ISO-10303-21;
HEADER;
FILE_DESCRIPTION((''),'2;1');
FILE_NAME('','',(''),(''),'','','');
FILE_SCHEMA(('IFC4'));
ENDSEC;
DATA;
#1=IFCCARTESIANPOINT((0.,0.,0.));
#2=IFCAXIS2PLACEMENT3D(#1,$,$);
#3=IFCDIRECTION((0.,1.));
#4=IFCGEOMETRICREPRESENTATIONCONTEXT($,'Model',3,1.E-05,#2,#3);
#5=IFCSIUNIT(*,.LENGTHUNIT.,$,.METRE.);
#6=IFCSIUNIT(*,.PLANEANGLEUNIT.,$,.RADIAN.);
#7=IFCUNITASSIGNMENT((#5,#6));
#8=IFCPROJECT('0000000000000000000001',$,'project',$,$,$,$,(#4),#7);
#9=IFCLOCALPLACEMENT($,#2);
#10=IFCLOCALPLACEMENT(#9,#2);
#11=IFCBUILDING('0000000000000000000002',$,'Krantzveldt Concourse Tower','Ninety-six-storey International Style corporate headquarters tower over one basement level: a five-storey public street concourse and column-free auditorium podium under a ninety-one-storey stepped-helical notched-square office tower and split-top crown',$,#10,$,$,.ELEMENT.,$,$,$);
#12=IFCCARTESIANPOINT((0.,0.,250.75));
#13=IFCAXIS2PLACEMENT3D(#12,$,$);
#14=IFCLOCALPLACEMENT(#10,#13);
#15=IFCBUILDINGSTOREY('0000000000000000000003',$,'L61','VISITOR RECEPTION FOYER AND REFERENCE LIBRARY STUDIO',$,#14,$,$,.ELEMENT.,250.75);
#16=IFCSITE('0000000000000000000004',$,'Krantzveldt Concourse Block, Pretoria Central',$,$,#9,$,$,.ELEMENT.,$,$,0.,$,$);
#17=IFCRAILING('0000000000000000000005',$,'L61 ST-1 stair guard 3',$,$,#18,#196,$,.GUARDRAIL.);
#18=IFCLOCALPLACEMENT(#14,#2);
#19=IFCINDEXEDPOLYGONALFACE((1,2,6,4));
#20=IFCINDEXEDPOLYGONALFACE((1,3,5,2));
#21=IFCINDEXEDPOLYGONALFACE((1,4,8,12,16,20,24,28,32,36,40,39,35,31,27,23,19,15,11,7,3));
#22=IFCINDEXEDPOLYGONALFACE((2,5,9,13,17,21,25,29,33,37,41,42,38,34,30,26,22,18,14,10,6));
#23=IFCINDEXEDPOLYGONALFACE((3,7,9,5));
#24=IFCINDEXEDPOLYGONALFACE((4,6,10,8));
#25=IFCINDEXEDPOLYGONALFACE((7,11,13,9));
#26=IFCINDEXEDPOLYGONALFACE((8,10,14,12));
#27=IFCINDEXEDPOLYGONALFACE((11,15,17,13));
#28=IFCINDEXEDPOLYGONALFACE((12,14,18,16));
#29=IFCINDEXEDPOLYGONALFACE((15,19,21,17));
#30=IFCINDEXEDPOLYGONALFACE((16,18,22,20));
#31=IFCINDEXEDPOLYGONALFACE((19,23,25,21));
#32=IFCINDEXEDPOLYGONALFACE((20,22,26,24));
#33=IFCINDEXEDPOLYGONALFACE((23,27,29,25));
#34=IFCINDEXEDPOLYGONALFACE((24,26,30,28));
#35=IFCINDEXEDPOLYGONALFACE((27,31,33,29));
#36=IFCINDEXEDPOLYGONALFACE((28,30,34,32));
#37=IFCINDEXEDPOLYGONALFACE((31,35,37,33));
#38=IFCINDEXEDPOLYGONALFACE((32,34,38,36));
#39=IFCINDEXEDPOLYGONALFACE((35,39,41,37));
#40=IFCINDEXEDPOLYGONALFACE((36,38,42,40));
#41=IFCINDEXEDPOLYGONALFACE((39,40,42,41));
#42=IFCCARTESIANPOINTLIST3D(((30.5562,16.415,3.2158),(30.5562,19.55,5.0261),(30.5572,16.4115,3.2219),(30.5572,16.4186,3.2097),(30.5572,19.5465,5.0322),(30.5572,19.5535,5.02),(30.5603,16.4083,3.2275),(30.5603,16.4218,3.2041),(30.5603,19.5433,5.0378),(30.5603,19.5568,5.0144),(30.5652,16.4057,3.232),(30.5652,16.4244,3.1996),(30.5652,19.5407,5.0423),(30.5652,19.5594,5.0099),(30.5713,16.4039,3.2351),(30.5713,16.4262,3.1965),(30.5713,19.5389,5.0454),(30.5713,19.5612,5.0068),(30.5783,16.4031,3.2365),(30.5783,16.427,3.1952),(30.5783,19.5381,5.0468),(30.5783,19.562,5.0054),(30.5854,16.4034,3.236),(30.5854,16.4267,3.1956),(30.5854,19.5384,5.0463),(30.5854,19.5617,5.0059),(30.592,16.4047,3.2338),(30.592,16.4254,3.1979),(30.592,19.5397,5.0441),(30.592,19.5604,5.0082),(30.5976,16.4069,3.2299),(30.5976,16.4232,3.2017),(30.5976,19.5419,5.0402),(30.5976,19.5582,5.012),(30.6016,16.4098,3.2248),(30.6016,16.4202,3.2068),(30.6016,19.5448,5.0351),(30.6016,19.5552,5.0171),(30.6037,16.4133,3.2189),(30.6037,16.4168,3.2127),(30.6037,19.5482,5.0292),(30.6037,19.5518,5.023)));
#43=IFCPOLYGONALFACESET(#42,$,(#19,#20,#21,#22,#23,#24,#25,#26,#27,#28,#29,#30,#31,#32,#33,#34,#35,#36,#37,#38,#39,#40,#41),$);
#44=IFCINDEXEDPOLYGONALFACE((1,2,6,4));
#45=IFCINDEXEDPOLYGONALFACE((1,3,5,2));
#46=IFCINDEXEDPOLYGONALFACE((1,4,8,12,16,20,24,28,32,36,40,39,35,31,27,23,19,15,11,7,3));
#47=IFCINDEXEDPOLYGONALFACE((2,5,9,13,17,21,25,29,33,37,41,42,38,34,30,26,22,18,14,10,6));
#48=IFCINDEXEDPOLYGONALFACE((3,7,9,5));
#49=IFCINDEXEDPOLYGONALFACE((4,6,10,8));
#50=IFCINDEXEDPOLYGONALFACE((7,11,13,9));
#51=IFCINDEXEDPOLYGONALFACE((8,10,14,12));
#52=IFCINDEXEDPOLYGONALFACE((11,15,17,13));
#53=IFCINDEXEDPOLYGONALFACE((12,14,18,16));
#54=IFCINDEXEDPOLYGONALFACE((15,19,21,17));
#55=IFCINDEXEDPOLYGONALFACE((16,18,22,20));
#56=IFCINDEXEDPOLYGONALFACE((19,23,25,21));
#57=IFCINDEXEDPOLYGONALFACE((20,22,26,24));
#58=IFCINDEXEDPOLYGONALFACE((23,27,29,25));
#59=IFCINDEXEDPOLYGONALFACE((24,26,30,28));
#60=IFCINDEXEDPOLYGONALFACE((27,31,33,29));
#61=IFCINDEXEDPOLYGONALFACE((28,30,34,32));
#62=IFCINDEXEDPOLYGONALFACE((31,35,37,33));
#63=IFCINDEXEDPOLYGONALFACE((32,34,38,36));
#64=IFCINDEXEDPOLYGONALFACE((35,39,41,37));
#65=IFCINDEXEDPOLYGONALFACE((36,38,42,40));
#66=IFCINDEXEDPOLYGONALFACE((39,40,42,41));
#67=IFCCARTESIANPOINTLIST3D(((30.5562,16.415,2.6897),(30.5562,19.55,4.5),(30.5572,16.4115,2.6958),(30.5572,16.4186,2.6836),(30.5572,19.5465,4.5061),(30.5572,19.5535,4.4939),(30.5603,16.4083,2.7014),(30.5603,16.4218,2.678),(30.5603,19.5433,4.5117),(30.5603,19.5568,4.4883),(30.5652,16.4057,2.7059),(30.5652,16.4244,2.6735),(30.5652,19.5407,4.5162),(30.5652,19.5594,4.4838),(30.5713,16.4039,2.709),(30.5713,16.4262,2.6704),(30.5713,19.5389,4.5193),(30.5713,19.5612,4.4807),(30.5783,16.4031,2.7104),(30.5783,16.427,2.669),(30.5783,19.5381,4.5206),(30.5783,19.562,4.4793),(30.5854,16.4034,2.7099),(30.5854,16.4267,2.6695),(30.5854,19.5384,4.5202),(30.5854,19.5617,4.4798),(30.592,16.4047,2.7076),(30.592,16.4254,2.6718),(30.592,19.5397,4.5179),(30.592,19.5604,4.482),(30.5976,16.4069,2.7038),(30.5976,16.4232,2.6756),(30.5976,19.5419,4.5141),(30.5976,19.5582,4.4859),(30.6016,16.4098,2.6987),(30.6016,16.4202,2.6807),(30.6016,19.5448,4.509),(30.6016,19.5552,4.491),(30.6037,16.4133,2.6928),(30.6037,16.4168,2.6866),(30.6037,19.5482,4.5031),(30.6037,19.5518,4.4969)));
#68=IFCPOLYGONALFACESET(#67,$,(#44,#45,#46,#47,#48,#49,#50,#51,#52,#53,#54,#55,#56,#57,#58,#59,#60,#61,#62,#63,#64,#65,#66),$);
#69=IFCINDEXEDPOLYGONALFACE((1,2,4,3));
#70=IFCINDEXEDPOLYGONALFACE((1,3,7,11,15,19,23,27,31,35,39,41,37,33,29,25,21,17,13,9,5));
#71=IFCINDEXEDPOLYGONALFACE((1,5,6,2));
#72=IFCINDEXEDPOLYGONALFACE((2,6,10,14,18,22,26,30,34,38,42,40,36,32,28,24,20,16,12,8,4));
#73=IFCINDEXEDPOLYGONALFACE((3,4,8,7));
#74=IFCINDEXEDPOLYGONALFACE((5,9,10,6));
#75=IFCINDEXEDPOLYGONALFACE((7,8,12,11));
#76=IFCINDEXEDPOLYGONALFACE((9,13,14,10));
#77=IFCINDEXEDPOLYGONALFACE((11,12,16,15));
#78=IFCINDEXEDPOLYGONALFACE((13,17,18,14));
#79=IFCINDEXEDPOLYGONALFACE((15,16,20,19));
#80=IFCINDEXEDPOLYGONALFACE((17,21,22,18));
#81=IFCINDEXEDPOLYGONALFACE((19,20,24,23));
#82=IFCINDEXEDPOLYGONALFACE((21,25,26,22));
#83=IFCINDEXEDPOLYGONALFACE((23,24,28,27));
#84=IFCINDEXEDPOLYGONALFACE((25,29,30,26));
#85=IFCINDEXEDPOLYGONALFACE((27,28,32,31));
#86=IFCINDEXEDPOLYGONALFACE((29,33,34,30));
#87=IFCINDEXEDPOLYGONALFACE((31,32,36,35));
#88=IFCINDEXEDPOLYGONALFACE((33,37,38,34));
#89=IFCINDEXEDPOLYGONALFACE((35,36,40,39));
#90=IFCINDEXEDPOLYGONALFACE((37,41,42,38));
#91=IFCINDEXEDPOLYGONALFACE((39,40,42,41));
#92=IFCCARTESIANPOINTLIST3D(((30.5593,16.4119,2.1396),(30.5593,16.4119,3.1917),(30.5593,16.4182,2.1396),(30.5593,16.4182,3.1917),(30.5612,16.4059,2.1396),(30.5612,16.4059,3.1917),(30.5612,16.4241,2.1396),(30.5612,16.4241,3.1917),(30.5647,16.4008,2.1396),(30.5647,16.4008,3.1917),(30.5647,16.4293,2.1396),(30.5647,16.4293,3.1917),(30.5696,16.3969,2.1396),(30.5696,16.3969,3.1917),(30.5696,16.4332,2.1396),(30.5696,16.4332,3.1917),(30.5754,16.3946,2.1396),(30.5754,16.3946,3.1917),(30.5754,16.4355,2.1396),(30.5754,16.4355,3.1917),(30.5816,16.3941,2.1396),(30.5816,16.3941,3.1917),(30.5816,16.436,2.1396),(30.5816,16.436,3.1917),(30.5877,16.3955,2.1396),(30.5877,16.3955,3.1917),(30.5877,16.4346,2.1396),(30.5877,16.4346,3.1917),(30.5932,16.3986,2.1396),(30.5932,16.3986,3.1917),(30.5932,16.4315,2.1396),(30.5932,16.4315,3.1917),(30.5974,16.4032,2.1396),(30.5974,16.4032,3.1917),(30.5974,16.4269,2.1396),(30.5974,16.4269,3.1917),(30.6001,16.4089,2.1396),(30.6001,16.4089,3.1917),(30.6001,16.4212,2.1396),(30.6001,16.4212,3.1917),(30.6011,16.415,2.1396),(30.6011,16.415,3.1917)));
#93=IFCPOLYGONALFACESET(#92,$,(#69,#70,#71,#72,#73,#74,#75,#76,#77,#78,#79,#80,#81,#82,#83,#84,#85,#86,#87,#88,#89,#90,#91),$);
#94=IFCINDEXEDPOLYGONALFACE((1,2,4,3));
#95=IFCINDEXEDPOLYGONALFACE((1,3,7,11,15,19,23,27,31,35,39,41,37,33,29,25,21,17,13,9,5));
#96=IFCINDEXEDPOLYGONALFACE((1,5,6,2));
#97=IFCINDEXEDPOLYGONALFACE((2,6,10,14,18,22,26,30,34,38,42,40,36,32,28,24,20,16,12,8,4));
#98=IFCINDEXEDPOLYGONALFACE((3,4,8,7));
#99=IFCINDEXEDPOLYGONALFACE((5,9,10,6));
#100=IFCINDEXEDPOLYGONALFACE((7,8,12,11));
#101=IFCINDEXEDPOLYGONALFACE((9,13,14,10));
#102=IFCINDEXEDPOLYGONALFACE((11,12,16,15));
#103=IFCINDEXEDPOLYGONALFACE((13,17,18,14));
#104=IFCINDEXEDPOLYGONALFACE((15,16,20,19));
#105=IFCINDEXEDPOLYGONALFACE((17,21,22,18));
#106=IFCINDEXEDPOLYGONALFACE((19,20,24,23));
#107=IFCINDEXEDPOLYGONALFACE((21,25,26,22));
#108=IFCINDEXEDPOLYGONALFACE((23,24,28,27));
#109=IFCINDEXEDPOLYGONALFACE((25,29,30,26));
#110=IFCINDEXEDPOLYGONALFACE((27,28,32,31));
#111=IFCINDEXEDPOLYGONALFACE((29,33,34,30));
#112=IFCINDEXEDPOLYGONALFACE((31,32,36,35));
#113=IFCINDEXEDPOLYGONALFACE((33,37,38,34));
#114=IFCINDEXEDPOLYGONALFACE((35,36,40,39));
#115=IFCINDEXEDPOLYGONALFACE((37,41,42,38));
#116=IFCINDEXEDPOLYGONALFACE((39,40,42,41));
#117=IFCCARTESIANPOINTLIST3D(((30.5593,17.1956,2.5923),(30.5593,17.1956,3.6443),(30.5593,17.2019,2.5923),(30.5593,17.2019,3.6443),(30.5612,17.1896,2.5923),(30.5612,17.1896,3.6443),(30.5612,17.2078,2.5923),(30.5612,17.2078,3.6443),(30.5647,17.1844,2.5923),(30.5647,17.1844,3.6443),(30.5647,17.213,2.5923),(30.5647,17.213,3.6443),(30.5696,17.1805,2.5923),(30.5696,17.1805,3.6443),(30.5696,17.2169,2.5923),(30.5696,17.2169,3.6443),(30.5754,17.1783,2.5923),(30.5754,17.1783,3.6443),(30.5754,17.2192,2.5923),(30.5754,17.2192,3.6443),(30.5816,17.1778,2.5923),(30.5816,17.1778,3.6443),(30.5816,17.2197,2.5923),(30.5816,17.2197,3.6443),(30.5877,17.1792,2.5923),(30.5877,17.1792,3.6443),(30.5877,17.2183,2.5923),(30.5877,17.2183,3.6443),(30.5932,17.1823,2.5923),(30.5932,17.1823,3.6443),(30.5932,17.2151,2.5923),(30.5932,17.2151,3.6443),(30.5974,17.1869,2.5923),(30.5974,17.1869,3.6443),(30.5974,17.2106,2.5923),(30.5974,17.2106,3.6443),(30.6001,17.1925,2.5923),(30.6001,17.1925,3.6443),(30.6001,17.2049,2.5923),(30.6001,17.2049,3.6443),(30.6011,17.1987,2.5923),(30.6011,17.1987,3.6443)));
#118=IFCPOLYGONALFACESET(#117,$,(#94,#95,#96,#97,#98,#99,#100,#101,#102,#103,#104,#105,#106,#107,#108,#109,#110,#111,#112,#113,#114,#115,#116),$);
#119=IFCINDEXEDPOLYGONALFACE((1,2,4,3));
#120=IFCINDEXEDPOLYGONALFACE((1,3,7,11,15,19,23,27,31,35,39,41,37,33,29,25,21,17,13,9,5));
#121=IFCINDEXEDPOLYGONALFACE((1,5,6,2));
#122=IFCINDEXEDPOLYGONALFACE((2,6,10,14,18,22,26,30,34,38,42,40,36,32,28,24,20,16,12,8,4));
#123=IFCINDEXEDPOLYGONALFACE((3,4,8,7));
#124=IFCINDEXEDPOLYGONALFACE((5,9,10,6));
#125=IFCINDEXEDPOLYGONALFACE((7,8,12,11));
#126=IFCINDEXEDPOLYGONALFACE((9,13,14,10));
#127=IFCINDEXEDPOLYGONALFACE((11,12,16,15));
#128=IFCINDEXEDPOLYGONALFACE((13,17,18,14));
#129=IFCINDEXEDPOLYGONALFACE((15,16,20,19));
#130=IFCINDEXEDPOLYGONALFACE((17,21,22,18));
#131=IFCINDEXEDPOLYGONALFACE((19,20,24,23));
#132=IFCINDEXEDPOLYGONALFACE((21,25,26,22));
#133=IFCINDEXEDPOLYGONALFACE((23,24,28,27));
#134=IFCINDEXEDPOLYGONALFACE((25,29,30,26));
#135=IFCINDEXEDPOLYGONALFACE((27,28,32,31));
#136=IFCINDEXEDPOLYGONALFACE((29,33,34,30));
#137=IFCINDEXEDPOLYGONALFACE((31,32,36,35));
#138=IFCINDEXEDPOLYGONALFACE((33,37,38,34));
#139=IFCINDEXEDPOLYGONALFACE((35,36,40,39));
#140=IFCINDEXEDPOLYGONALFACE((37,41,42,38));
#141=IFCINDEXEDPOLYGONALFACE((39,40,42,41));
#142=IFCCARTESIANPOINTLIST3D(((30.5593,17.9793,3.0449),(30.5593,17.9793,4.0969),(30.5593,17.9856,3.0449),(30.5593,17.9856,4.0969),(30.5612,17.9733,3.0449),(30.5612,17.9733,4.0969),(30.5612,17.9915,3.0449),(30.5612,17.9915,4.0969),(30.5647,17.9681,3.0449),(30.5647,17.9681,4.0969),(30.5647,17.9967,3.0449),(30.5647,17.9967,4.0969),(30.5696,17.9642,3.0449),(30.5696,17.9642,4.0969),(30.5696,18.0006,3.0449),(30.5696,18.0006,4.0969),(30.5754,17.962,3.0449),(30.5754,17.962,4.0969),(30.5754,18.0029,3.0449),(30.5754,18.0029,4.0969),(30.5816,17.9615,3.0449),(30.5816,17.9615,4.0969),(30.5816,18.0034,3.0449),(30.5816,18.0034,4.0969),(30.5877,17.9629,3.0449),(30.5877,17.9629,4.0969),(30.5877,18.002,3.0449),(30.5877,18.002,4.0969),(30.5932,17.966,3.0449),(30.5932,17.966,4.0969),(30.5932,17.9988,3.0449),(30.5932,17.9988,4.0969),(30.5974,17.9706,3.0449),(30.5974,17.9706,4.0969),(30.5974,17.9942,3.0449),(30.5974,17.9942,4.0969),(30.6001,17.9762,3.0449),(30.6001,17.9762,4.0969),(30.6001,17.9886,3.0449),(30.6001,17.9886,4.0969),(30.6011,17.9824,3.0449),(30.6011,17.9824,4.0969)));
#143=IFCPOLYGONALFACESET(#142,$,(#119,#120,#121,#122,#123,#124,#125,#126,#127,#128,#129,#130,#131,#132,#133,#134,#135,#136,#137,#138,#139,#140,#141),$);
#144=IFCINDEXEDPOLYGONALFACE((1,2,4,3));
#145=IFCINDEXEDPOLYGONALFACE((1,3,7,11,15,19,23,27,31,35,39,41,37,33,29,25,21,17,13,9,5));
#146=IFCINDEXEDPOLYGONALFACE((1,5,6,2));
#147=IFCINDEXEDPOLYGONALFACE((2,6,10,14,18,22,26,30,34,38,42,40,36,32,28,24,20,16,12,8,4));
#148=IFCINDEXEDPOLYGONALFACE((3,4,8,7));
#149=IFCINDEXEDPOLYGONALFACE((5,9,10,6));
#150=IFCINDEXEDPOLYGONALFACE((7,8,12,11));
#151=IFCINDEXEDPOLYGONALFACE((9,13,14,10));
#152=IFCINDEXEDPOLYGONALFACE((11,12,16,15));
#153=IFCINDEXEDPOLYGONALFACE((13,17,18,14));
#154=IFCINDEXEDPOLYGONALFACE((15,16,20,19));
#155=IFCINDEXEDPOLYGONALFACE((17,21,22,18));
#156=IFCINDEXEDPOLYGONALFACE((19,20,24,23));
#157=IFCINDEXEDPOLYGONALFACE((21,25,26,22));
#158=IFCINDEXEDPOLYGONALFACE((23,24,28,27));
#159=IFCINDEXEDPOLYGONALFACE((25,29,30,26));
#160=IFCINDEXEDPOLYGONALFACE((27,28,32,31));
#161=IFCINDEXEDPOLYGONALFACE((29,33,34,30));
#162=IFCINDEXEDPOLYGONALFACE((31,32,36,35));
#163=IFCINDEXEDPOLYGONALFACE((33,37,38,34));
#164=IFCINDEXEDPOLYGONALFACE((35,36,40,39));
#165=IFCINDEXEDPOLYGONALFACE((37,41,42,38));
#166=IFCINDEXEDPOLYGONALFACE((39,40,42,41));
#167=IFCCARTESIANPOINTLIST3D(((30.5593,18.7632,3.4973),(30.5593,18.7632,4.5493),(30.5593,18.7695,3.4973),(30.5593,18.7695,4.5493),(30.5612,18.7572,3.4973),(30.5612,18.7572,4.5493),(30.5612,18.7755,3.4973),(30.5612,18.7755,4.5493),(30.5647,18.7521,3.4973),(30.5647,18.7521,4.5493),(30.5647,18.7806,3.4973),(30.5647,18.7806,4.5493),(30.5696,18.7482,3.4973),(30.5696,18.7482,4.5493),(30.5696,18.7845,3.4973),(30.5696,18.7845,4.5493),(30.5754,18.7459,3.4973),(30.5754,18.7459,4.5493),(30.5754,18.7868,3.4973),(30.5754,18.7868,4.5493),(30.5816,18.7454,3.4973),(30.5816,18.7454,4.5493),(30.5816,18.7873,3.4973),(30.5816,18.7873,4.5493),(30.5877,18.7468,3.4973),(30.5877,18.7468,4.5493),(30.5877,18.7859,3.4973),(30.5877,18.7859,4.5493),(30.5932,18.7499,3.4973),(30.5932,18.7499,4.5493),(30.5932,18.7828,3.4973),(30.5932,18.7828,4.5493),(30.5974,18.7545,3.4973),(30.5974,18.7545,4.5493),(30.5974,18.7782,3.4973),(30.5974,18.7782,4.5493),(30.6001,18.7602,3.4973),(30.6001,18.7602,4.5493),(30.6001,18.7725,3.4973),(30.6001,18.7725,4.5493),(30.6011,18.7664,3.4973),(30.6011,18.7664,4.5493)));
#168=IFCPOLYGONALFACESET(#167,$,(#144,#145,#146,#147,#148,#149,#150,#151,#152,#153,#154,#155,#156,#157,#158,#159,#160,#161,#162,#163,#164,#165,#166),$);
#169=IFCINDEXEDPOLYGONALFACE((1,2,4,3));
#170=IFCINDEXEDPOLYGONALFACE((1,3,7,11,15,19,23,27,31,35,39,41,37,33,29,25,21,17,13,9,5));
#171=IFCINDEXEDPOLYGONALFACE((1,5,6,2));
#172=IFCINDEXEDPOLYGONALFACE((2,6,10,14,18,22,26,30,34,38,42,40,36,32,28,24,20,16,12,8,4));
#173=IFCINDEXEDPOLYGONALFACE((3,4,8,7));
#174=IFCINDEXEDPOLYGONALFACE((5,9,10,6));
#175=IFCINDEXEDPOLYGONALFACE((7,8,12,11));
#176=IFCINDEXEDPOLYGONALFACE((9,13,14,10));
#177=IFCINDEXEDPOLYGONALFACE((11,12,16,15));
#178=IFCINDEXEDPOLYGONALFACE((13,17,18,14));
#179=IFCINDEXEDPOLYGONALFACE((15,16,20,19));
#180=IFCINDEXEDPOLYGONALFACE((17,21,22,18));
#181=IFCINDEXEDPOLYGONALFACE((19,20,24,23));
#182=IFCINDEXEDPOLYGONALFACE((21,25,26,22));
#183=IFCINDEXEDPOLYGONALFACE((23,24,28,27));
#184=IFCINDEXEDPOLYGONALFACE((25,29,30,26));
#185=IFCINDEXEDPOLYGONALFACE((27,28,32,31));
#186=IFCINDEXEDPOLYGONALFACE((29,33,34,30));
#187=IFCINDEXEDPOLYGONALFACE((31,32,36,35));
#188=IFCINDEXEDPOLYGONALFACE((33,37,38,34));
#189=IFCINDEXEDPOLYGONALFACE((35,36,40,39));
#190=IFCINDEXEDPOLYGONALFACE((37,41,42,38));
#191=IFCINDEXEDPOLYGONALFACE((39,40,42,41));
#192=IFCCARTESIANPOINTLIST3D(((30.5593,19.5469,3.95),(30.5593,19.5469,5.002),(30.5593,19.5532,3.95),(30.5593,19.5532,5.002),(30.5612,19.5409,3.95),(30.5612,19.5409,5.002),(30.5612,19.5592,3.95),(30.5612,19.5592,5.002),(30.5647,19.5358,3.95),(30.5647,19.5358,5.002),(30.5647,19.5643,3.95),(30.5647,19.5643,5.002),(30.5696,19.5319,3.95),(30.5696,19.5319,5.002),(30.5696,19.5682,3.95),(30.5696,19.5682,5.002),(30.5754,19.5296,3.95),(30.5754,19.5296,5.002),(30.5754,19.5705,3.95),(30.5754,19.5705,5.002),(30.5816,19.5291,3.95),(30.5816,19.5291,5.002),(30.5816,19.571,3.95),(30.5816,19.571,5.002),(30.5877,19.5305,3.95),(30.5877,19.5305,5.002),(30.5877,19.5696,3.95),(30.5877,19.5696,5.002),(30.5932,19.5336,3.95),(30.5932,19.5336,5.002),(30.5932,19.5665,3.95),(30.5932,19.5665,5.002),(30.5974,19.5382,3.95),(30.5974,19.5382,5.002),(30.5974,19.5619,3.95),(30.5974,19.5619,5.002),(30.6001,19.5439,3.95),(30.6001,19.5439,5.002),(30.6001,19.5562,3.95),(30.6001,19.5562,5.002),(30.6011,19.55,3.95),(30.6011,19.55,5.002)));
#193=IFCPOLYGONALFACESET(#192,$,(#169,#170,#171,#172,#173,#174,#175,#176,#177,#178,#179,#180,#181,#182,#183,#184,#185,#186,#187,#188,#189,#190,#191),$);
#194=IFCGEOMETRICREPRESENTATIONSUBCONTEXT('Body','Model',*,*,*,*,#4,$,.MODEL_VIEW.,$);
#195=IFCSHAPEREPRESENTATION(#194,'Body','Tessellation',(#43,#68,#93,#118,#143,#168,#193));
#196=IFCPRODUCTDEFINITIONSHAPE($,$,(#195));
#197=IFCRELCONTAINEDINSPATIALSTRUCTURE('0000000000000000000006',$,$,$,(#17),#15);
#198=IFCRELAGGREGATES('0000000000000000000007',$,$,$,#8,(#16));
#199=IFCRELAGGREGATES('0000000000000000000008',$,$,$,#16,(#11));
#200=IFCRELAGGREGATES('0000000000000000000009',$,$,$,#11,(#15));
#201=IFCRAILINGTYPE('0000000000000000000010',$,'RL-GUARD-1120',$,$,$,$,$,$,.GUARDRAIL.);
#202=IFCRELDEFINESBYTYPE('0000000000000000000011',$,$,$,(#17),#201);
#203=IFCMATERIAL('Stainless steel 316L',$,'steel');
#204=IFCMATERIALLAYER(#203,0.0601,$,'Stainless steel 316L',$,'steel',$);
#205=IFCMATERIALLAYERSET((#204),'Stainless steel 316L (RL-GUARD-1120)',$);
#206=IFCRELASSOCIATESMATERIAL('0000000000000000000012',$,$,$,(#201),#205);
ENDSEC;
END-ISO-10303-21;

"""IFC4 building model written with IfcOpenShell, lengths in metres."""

from ifc_helpers import new_model, si_unit, direction, frame, origin, origin_2d, place, context, subcontext, project, spatial, circle, extrude, material, layer, layer_set, type_object, element, save


model = new_model("IFC4")

# Units and contexts
model_context = context("Model", 3, precision=1e-05, world=origin(), true_north=direction((0.0, 1.0)))
body_context = subcontext(model_context, "Body", "Model", "MODEL_VIEW")
ifc_project = project(units=[si_unit("LENGTHUNIT", "METRE"), si_unit("PLANEANGLEUNIT", "RADIAN")], contexts=[model_context])

# Site, building, storey
site_placement = place(None, origin())
site = spatial("IfcSite", under=ifc_project, at=site_placement, Name="Krantzveldt Concourse Block, Pretoria Central", CompositionType="ELEMENT", RefElevation=0.0)
building_placement = place(site_placement, origin())
building = spatial("IfcBuilding", under=site, at=building_placement, Name="Krantzveldt Concourse Tower", Description="Ninety-six-storey International Style corporate headquarters tower over one basement level: a five-storey public street concourse and column-free auditorium podium under a ninety-one-storey stepped-helical notched-square office tower and split-top crown", CompositionType="ELEMENT")
storey_placement = place(building_placement, frame((0.0, 0.0, 250.75)))
storey = spatial("IfcBuildingStorey", under=building, at=storey_placement, Name="L61", Description="VISITOR RECEPTION FOYER AND REFERENCE LIBRARY STUDIO", CompositionType="ELEMENT", Elevation=250.75)

# Railing
ifc_material_1 = material(Name="Stainless steel 316L", Category="steel")
ifc_layer_1 = layer(ifc_material_1, 0.0601, Name="Stainless steel 316L", Category="steel")
ifc_layer_set_1 = layer_set([ifc_layer_1], Name="Stainless steel 316L (RL-GUARD-1120)")
railing_type_1 = type_object("IfcRailingType", Name="RL-GUARD-1120", PredefinedType="GUARDRAIL", material=ifc_layer_set_1)
railing_1_placement = place(storey_placement, frame((30.5801, 16.415, 2.1396)))
element("IfcRailing", 1, at=railing_1_placement, inside=storey, type_object=railing_type_1, Name="L61 ST-1 stair guard 3", PredefinedType="GUARDRAIL", context=body_context, shape_type="SweptSolid", body=[
    extrude(circle(Radius=0.0239, at=origin_2d()), frame((0.0, 0.0, 1.0762), z_axis=(0.0, 0.865989, 0.500063), x_axis=(-1.0, 0.0, 0.0)), (0.0, 0.0, 1.0), 3.6201),
    extrude(circle(Radius=0.0239, at=origin_2d()), frame((0.0, 0.0, 0.55), z_axis=(0.0, 0.865989, 0.500063), x_axis=(-1.0, 0.0, 0.0)), (0.0, 0.0, 1.0), 3.6201),
    extrude(circle(Radius=0.021, at=origin_2d()), origin(), (0.0, 0.0, 1.0), 1.052),
    extrude(circle(Radius=0.021, at=origin_2d()), frame((0.0, 0.7837, 0.4526)), (0.0, 0.0, 1.0), 1.052),
    extrude(circle(Radius=0.021, at=origin_2d()), frame((0.0, 1.5674, 0.9053)), (0.0, 0.0, 1.0), 1.052),
    extrude(circle(Radius=0.021, at=origin_2d()), frame((0.0, 2.3513, 1.3577)), (0.0, 0.0, 1.0), 1.052),
    extrude(circle(Radius=0.021, at=origin_2d()), frame((0.0, 3.135, 1.8103)), (0.0, 0.0, 1.0), 1.052),
])

save(model, "model.ifc")
